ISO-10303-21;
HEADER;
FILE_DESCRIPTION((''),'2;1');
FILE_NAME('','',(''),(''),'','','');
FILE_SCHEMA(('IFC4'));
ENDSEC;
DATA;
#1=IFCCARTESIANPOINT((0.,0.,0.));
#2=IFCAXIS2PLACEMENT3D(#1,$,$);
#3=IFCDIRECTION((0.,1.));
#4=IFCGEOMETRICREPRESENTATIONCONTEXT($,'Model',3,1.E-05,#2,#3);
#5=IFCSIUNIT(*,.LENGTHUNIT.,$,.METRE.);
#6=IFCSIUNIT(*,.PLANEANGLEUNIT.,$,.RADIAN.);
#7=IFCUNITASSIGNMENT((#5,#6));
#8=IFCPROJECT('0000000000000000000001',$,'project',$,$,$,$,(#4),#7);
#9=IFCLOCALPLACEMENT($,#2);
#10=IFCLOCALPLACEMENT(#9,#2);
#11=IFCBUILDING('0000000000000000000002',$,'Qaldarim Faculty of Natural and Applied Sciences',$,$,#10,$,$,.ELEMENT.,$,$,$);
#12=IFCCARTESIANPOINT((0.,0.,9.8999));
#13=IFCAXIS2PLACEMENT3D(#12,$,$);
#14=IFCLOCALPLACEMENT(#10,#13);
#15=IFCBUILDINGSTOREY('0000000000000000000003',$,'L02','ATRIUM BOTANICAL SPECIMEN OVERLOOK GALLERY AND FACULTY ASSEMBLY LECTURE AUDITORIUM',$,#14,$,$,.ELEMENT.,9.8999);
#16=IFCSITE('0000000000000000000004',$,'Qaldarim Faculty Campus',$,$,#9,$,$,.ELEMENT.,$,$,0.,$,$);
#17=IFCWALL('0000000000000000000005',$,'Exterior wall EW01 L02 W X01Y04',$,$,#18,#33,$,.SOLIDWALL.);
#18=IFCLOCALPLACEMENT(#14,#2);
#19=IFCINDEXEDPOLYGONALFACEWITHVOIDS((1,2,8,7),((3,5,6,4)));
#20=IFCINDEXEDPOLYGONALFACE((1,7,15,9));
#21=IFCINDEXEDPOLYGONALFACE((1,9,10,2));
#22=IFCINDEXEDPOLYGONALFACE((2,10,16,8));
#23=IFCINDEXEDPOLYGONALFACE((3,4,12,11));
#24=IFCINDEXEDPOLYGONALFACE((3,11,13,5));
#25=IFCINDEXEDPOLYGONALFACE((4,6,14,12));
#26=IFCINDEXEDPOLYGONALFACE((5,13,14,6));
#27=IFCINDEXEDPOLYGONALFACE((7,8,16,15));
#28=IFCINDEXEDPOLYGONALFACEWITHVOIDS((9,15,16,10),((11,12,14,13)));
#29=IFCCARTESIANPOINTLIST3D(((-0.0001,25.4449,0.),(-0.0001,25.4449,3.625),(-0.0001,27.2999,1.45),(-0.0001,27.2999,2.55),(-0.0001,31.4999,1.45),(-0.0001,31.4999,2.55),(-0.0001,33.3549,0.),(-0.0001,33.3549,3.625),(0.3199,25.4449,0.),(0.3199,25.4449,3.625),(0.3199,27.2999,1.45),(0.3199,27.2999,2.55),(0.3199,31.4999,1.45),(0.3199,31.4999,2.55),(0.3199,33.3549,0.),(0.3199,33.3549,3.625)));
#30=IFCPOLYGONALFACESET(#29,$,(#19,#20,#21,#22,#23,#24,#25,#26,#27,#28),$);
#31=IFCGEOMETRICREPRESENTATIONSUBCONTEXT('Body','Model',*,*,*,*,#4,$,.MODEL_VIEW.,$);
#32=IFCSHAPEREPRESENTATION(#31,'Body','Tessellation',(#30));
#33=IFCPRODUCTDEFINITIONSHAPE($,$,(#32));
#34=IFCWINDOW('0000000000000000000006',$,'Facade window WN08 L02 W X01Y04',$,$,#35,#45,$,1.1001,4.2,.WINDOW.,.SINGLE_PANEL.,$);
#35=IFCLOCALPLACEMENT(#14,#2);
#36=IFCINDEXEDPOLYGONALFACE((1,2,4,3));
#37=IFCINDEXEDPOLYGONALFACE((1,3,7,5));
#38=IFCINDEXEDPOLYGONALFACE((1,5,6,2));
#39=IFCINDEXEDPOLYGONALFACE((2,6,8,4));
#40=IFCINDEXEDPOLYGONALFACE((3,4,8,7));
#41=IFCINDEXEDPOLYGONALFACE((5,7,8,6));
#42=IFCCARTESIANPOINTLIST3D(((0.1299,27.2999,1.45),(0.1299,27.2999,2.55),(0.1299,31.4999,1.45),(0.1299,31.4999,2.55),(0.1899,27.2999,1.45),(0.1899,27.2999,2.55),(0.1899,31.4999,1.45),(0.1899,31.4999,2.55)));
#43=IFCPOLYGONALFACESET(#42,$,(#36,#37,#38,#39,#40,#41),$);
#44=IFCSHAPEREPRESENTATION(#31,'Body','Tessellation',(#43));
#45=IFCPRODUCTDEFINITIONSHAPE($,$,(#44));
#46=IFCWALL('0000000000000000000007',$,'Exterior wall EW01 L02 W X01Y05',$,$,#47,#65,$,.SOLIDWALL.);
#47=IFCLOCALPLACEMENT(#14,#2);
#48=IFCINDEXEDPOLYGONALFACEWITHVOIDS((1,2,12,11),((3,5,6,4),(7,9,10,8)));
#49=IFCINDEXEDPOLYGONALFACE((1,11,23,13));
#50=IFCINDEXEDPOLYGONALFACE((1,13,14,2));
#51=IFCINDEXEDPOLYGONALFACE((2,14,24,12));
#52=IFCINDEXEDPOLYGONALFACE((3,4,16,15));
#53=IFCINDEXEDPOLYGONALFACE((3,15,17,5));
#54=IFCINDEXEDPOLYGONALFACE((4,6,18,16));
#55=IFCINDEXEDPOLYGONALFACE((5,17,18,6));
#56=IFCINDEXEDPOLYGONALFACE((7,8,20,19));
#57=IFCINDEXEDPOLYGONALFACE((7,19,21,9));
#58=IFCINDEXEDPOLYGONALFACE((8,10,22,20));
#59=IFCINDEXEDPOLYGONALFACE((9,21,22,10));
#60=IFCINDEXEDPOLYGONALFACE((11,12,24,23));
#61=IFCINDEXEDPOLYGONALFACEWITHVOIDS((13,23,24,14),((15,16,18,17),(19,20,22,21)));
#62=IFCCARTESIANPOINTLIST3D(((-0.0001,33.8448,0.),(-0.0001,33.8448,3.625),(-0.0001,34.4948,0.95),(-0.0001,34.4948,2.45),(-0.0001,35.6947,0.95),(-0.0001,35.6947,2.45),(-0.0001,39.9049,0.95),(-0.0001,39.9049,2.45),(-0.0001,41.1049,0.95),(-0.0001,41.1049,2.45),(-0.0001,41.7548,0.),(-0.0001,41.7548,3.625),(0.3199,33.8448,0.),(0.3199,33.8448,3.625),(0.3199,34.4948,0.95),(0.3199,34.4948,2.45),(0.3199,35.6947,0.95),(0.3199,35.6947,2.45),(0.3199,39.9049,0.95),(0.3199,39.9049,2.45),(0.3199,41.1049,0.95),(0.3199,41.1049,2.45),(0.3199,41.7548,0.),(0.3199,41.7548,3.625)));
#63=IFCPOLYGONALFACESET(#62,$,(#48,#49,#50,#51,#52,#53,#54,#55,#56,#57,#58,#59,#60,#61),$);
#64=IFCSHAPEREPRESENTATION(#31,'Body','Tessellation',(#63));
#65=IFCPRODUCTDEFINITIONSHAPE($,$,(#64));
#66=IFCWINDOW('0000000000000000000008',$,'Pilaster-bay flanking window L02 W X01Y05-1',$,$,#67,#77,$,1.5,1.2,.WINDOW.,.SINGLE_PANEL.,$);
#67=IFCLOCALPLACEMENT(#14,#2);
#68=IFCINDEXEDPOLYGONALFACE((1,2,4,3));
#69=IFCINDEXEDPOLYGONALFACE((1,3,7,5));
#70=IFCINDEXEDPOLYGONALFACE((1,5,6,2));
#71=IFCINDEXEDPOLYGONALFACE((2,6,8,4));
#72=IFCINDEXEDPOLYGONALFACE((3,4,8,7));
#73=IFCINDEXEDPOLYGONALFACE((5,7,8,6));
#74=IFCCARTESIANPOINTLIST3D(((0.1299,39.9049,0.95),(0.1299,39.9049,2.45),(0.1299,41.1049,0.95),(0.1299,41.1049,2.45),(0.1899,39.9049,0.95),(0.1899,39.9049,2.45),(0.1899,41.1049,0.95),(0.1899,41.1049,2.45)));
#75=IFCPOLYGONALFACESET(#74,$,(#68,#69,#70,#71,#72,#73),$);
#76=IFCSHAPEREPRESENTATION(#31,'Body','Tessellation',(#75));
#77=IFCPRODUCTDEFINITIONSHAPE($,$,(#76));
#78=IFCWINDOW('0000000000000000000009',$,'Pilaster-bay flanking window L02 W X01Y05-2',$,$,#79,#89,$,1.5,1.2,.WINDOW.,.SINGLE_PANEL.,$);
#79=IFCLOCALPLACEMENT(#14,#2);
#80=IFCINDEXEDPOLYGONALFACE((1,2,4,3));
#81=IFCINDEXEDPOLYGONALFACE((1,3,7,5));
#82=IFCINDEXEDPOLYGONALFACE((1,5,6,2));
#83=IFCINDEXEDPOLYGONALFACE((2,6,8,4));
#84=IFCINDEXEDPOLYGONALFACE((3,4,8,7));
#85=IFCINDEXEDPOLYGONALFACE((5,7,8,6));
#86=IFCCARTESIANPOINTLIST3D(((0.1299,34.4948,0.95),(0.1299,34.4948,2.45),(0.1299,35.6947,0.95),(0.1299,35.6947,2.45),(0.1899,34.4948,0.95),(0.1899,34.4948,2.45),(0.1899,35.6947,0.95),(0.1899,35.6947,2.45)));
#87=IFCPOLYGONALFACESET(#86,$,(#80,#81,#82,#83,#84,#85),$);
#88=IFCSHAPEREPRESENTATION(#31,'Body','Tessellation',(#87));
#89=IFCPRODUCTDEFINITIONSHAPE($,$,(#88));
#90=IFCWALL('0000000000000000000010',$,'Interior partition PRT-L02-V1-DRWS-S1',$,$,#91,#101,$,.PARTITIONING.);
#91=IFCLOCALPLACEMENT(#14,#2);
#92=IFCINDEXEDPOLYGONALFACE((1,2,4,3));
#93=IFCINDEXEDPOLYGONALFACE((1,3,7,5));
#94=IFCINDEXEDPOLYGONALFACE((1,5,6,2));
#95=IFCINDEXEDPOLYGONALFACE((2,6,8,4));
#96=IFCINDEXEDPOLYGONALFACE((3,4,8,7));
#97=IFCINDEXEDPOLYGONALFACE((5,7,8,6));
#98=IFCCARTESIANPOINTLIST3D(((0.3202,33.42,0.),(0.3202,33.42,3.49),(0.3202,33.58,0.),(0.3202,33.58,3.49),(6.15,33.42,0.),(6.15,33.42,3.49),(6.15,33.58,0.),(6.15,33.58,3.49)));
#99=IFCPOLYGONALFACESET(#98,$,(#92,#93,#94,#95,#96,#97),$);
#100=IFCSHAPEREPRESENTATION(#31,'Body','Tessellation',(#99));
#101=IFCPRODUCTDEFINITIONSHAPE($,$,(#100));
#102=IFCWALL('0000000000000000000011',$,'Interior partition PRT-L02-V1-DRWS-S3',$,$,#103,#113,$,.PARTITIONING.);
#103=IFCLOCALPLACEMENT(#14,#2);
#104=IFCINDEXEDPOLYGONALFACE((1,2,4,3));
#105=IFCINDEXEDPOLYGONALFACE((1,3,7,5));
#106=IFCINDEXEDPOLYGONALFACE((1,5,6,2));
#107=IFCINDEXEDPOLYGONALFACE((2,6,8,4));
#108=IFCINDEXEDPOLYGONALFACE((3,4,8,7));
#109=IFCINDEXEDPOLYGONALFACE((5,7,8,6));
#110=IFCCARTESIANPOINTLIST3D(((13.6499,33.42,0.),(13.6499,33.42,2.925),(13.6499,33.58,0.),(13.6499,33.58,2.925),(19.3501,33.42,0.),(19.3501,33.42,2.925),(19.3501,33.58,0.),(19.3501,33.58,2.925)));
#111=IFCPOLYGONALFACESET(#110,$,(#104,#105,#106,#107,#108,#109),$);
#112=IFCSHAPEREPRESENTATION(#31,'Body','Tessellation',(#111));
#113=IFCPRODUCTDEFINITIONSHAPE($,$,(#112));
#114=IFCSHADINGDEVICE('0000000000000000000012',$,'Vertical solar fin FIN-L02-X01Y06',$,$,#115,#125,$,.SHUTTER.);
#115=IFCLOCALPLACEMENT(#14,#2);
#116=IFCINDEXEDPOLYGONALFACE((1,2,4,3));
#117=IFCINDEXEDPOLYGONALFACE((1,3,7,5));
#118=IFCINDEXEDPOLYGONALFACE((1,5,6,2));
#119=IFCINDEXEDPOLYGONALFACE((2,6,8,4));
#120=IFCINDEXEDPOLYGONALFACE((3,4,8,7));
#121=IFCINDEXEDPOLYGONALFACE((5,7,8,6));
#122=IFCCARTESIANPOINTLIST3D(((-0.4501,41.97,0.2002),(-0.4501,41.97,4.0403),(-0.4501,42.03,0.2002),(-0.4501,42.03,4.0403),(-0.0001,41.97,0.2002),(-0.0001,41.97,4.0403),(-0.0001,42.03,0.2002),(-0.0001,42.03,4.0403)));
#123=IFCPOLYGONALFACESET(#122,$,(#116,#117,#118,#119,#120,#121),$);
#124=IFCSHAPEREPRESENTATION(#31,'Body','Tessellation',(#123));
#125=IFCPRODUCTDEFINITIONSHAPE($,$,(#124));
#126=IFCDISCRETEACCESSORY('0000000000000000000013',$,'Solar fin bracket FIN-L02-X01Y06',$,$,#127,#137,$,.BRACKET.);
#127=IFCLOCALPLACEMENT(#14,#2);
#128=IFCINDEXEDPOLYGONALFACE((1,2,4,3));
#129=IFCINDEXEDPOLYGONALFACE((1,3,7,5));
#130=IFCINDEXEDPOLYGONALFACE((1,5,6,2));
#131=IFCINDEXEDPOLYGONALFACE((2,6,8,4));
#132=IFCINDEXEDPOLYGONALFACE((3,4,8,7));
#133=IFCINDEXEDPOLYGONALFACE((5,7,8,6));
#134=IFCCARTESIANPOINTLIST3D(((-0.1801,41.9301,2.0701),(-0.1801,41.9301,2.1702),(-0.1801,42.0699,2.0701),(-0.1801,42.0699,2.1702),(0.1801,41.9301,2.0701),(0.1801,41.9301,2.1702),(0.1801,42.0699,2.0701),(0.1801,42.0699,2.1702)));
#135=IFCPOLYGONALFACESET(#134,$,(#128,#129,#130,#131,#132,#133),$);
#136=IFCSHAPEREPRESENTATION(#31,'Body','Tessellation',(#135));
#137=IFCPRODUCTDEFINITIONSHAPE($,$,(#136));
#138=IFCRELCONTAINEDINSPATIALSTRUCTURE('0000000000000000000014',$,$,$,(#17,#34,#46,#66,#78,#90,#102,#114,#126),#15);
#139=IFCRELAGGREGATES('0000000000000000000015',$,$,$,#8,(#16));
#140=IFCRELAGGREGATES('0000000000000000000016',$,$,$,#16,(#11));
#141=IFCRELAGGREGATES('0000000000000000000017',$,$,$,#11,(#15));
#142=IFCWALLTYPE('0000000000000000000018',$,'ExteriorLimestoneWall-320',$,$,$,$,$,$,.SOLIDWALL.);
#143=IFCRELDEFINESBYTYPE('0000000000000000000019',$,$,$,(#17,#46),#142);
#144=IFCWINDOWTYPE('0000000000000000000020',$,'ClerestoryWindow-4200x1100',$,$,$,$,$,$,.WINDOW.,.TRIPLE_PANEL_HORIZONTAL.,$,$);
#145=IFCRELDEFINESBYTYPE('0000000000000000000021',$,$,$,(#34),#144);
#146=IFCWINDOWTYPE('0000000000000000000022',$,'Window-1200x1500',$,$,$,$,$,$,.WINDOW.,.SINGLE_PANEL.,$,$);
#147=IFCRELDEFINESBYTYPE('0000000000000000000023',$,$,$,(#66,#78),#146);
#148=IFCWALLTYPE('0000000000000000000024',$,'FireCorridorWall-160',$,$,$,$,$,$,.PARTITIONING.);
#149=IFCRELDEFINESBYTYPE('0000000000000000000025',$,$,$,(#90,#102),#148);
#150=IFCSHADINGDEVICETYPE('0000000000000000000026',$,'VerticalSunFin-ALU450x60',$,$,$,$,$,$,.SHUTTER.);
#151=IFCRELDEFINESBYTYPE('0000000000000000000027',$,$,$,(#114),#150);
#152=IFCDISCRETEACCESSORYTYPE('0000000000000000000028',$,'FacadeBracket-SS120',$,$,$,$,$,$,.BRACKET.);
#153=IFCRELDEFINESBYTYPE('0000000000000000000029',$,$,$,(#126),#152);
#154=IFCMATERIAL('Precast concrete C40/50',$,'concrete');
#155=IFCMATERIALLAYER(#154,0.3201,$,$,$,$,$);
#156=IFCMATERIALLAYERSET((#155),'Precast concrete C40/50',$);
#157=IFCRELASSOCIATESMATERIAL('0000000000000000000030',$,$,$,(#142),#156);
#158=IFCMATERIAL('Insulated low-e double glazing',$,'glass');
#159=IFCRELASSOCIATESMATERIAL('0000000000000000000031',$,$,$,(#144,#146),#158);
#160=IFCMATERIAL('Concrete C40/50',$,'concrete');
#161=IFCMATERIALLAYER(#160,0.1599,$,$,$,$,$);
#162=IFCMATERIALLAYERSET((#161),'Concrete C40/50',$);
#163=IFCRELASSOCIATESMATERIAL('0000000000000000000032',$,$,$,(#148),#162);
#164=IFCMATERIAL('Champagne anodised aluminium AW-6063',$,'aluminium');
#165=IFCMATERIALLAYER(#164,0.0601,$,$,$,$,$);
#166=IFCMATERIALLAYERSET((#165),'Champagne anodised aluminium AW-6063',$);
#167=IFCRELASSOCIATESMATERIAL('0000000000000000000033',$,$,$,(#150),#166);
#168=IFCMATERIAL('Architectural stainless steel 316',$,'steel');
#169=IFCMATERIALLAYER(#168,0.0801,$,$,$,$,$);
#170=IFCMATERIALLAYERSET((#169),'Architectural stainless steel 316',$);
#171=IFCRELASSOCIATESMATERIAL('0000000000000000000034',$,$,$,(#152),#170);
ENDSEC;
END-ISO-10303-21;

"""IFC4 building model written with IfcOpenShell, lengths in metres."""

from ifc_helpers import new_model, si_unit, direction, frame, frame_2d, origin, origin_2d, place, context, subcontext, project, spatial, rectangle, extrude, material, layer, layer_set, type_object, element, fill, save


model = new_model("IFC4")

# Units and contexts
model_context = context("Model", 3, precision=1e-05, world=origin(), true_north=direction((0.0, 1.0)))
body_context = subcontext(model_context, "Body", "Model", "MODEL_VIEW")
ifc_project = project(units=[si_unit("LENGTHUNIT", "METRE"), si_unit("PLANEANGLEUNIT", "RADIAN")], contexts=[model_context])

# Site, building, storey
site_placement = place(None, origin())
site = spatial("IfcSite", under=ifc_project, at=site_placement, Name="Qaldarim Faculty Campus", CompositionType="ELEMENT", RefElevation=0.0)
building_placement = place(site_placement, origin())
building = spatial("IfcBuilding", under=site, at=building_placement, Name="Qaldarim Faculty of Natural and Applied Sciences", CompositionType="ELEMENT")
storey_placement = place(building_placement, frame((0.0, 0.0, 9.8999)))
storey = spatial("IfcBuildingStorey", under=building, at=storey_placement, Name="L02", Description="ATRIUM BOTANICAL SPECIMEN OVERLOOK GALLERY AND FACULTY ASSEMBLY LECTURE AUDITORIUM", CompositionType="ELEMENT", Elevation=9.8999)

# Shared definitions
ifc_material_1 = material(Name="Concrete C40/50", Category="concrete")

# Wall, opening, window
ifc_material_2 = material(Name="Precast concrete C40/50", Category="concrete")
ifc_layer_1 = layer(ifc_material_2, 0.3201)
ifc_layer_set_1 = layer_set([ifc_layer_1], Name="Precast concrete C40/50")
wall_type_1 = type_object("IfcWallType", Name="ExteriorLimestoneWall-320", PredefinedType="SOLIDWALL", material=ifc_layer_set_1)
wall_1_placement = place(storey_placement, frame((0.1599, 33.355, 0.0), z_axis=(0.0, 0.0, 1.0), x_axis=(0.0, -1.0, 0.0)))
wall_1 = element("IfcWall", 1, at=wall_1_placement, inside=storey, type_object=wall_type_1, Name="Exterior wall EW01 L02 W X01Y04", PredefinedType="SOLIDWALL", context=body_context, shape_type="SweptSolid", body=[
    extrude(rectangle(XDim=7.9099, YDim=0.3201, at=frame_2d((3.9551, 0.0))), origin(), (0.0, 0.0, 1.0), 3.625),
])
opening_1_placement = place(wall_1_placement, frame((1.855, 0.0, 1.45)))
opening_1 = element("IfcOpeningElement", 2, at=opening_1_placement, cuts=wall_1, PredefinedType="OPENING", context=body_context, shape_type="SweptSolid", body=[
    extrude(rectangle(XDim=4.2, YDim=1.1001, at=frame_2d((2.1001, 0.55))), frame((0.0, 0.1699, 0.0), z_axis=(0.0, -1.0, 0.0), x_axis=(1.0, 0.0, 0.0)), (0.0, 0.0, 1.0), 0.3401),
])
ifc_material_3 = material(Name="Insulated low-e double glazing", Category="glass")
window_type_1 = type_object("IfcWindowType", Name="ClerestoryWindow-4200x1100", PartitioningType="TRIPLE_PANEL_HORIZONTAL", PredefinedType="WINDOW", material=ifc_material_3)
window_1_placement = place(opening_1_placement, origin())
window_1 = element("IfcWindow", 3, at=window_1_placement, inside=storey, type_object=window_type_1, Name="Facade window WN08 L02 W X01Y04", OverallHeight=1.1001, OverallWidth=4.2, PartitioningType="SINGLE_PANEL", PredefinedType="WINDOW", context=body_context, shape_type="SweptSolid", body=[
    extrude(rectangle(XDim=4.2, YDim=1.1001, at=frame_2d((2.1001, 0.55))), frame((0.0, 0.03, 0.0), z_axis=(0.0, -1.0, 0.0), x_axis=(1.0, 0.0, 0.0)), (0.0, 0.0, 1.0), 0.0601),
])
fill(opening_1, window_1)

# Wall, openings, windows
wall_2_placement = place(storey_placement, frame((0.1599, 41.7549, 0.0), z_axis=(0.0, 0.0, 1.0), x_axis=(0.0, -1.0, 0.0)))
wall_2 = element("IfcWall", 4, at=wall_2_placement, inside=storey, type_object=wall_type_1, Name="Exterior wall EW01 L02 W X01Y05", PredefinedType="SOLIDWALL", context=body_context, shape_type="SweptSolid", body=[
    extrude(rectangle(XDim=7.9099, YDim=0.3201, at=frame_2d((3.9551, 0.0))), origin(), (0.0, 0.0, 1.0), 3.625),
])
opening_2_placement = place(wall_2_placement, frame((0.6499, 0.0, 0.95)))
opening_2 = element("IfcOpeningElement", 5, at=opening_2_placement, cuts=wall_2, PredefinedType="OPENING", context=body_context, shape_type="SweptSolid", body=[
    extrude(rectangle(XDim=1.2, YDim=1.5, at=frame_2d((0.6001, 0.75))), frame((0.0, 0.1699, 0.0), z_axis=(0.0, -1.0, 0.0), x_axis=(1.0, 0.0, 0.0)), (0.0, 0.0, 1.0), 0.3401),
])
opening_3_placement = place(wall_2_placement, frame((6.0601, 0.0, 0.95)))
opening_3 = element("IfcOpeningElement", 6, at=opening_3_placement, cuts=wall_2, PredefinedType="OPENING", context=body_context, shape_type="SweptSolid", body=[
    extrude(rectangle(XDim=1.2, YDim=1.5, at=frame_2d((0.6001, 0.75))), frame((0.0, 0.1699, 0.0), z_axis=(0.0, -1.0, 0.0), x_axis=(1.0, 0.0, 0.0)), (0.0, 0.0, 1.0), 0.3401),
])
window_type_2 = type_object("IfcWindowType", Name="Window-1200x1500", PartitioningType="SINGLE_PANEL", PredefinedType="WINDOW", material=ifc_material_3)
window_2_placement = place(opening_2_placement, origin())
window_2 = element("IfcWindow", 7, at=window_2_placement, inside=storey, type_object=window_type_2, Name="Pilaster-bay flanking window L02 W X01Y05-1", OverallHeight=1.5, OverallWidth=1.2, PartitioningType="SINGLE_PANEL", PredefinedType="WINDOW", context=body_context, shape_type="SweptSolid", body=[
    extrude(rectangle(XDim=1.2, YDim=1.5, at=frame_2d((0.6001, 0.75))), frame((0.0, 0.03, 0.0), z_axis=(0.0, -1.0, 0.0), x_axis=(1.0, 0.0, 0.0)), (0.0, 0.0, 1.0), 0.0601),
])
fill(opening_2, window_2)
window_3_placement = place(opening_3_placement, origin())
window_3 = element("IfcWindow", 8, at=window_3_placement, inside=storey, type_object=window_type_2, Name="Pilaster-bay flanking window L02 W X01Y05-2", OverallHeight=1.5, OverallWidth=1.2, PartitioningType="SINGLE_PANEL", PredefinedType="WINDOW", context=body_context, shape_type="SweptSolid", body=[
    extrude(rectangle(XDim=1.2, YDim=1.5, at=frame_2d((0.6001, 0.75))), frame((0.0, 0.03, 0.0), z_axis=(0.0, -1.0, 0.0), x_axis=(1.0, 0.0, 0.0)), (0.0, 0.0, 1.0), 0.0601),
])
fill(opening_3, window_3)

# Wall
ifc_layer_2 = layer(ifc_material_1, 0.1599)
ifc_layer_set_2 = layer_set([ifc_layer_2], Name="Concrete C40/50")
wall_type_2 = type_object("IfcWallType", Name="FireCorridorWall-160", PredefinedType="PARTITIONING", material=ifc_layer_set_2)
wall_3_placement = place(storey_placement, frame((0.3201, 33.5, 0.0), z_axis=(0.0, 0.0, 1.0), x_axis=(1.0, 0.0, 0.0)))
element("IfcWall", 9, at=wall_3_placement, inside=storey, type_object=wall_type_2, Name="Interior partition PRT-L02-V1-DRWS-S1", PredefinedType="PARTITIONING", context=body_context, shape_type="SweptSolid", body=[
    extrude(rectangle(XDim=5.8298, YDim=0.1599, at=frame_2d((2.915, 0.0))), origin(), (0.0, 0.0, 1.0), 3.49),
])

# Wall
wall_4_placement = place(storey_placement, frame((13.6499, 33.5, 0.0), z_axis=(0.0, 0.0, 1.0), x_axis=(1.0, 0.0, 0.0)))
element("IfcWall", 10, at=wall_4_placement, inside=storey, type_object=wall_type_2, Name="Interior partition PRT-L02-V1-DRWS-S3", PredefinedType="PARTITIONING", context=body_context, shape_type="SweptSolid", body=[
    extrude(rectangle(XDim=5.7002, YDim=0.1599, at=frame_2d((2.8501, 0.0))), origin(), (0.0, 0.0, 1.0), 2.925),
])

# Shading device
ifc_material_4 = material(Name="Champagne anodised aluminium AW-6063", Category="aluminium")
ifc_layer_3 = layer(ifc_material_4, 0.0601)
ifc_layer_set_3 = layer_set([ifc_layer_3], Name="Champagne anodised aluminium AW-6063")
shading_device_type = type_object("IfcShadingDeviceType", Name="VerticalSunFin-ALU450x60", PredefinedType="SHUTTER", material=ifc_layer_set_3)
shading_device_placement = place(storey_placement, frame((-0.2251, 42.0, 0.2002), z_axis=(0.0, 0.0, 1.0), x_axis=(1.0, 0.0, 0.0)))
element("IfcShadingDevice", 11, at=shading_device_placement, inside=storey, type_object=shading_device_type, Name="Vertical solar fin FIN-L02-X01Y06", PredefinedType="SHUTTER", context=body_context, shape_type="SweptSolid", body=[
    extrude(rectangle(XDim=0.45, YDim=0.0601, at=origin_2d()), origin(), (0.0, 0.0, 1.0), 3.8401),
])

# Discrete accessory
ifc_material_5 = material(Name="Architectural stainless steel 316", Category="steel")
ifc_layer_4 = layer(ifc_material_5, 0.0801)
ifc_layer_set_4 = layer_set([ifc_layer_4], Name="Architectural stainless steel 316")
discrete_accessory_type = type_object("IfcDiscreteAccessoryType", Name="FacadeBracket-SS120", PredefinedType="BRACKET", material=ifc_layer_set_4)
discrete_accessory_placement = place(storey_placement, frame((0.0, 42.0, 2.0701), z_axis=(0.0, 0.0, 1.0), x_axis=(1.0, 0.0, 0.0)))
element("IfcDiscreteAccessory", 12, at=discrete_accessory_placement, inside=storey, type_object=discrete_accessory_type, Name="Solar fin bracket FIN-L02-X01Y06", PredefinedType="BRACKET", context=body_context, shape_type="SweptSolid", body=[
    extrude(rectangle(XDim=0.3601, YDim=0.1399, at=origin_2d()), origin(), (0.0, 0.0, 1.0), 0.1001),
])

save(model, "model.ifc")
